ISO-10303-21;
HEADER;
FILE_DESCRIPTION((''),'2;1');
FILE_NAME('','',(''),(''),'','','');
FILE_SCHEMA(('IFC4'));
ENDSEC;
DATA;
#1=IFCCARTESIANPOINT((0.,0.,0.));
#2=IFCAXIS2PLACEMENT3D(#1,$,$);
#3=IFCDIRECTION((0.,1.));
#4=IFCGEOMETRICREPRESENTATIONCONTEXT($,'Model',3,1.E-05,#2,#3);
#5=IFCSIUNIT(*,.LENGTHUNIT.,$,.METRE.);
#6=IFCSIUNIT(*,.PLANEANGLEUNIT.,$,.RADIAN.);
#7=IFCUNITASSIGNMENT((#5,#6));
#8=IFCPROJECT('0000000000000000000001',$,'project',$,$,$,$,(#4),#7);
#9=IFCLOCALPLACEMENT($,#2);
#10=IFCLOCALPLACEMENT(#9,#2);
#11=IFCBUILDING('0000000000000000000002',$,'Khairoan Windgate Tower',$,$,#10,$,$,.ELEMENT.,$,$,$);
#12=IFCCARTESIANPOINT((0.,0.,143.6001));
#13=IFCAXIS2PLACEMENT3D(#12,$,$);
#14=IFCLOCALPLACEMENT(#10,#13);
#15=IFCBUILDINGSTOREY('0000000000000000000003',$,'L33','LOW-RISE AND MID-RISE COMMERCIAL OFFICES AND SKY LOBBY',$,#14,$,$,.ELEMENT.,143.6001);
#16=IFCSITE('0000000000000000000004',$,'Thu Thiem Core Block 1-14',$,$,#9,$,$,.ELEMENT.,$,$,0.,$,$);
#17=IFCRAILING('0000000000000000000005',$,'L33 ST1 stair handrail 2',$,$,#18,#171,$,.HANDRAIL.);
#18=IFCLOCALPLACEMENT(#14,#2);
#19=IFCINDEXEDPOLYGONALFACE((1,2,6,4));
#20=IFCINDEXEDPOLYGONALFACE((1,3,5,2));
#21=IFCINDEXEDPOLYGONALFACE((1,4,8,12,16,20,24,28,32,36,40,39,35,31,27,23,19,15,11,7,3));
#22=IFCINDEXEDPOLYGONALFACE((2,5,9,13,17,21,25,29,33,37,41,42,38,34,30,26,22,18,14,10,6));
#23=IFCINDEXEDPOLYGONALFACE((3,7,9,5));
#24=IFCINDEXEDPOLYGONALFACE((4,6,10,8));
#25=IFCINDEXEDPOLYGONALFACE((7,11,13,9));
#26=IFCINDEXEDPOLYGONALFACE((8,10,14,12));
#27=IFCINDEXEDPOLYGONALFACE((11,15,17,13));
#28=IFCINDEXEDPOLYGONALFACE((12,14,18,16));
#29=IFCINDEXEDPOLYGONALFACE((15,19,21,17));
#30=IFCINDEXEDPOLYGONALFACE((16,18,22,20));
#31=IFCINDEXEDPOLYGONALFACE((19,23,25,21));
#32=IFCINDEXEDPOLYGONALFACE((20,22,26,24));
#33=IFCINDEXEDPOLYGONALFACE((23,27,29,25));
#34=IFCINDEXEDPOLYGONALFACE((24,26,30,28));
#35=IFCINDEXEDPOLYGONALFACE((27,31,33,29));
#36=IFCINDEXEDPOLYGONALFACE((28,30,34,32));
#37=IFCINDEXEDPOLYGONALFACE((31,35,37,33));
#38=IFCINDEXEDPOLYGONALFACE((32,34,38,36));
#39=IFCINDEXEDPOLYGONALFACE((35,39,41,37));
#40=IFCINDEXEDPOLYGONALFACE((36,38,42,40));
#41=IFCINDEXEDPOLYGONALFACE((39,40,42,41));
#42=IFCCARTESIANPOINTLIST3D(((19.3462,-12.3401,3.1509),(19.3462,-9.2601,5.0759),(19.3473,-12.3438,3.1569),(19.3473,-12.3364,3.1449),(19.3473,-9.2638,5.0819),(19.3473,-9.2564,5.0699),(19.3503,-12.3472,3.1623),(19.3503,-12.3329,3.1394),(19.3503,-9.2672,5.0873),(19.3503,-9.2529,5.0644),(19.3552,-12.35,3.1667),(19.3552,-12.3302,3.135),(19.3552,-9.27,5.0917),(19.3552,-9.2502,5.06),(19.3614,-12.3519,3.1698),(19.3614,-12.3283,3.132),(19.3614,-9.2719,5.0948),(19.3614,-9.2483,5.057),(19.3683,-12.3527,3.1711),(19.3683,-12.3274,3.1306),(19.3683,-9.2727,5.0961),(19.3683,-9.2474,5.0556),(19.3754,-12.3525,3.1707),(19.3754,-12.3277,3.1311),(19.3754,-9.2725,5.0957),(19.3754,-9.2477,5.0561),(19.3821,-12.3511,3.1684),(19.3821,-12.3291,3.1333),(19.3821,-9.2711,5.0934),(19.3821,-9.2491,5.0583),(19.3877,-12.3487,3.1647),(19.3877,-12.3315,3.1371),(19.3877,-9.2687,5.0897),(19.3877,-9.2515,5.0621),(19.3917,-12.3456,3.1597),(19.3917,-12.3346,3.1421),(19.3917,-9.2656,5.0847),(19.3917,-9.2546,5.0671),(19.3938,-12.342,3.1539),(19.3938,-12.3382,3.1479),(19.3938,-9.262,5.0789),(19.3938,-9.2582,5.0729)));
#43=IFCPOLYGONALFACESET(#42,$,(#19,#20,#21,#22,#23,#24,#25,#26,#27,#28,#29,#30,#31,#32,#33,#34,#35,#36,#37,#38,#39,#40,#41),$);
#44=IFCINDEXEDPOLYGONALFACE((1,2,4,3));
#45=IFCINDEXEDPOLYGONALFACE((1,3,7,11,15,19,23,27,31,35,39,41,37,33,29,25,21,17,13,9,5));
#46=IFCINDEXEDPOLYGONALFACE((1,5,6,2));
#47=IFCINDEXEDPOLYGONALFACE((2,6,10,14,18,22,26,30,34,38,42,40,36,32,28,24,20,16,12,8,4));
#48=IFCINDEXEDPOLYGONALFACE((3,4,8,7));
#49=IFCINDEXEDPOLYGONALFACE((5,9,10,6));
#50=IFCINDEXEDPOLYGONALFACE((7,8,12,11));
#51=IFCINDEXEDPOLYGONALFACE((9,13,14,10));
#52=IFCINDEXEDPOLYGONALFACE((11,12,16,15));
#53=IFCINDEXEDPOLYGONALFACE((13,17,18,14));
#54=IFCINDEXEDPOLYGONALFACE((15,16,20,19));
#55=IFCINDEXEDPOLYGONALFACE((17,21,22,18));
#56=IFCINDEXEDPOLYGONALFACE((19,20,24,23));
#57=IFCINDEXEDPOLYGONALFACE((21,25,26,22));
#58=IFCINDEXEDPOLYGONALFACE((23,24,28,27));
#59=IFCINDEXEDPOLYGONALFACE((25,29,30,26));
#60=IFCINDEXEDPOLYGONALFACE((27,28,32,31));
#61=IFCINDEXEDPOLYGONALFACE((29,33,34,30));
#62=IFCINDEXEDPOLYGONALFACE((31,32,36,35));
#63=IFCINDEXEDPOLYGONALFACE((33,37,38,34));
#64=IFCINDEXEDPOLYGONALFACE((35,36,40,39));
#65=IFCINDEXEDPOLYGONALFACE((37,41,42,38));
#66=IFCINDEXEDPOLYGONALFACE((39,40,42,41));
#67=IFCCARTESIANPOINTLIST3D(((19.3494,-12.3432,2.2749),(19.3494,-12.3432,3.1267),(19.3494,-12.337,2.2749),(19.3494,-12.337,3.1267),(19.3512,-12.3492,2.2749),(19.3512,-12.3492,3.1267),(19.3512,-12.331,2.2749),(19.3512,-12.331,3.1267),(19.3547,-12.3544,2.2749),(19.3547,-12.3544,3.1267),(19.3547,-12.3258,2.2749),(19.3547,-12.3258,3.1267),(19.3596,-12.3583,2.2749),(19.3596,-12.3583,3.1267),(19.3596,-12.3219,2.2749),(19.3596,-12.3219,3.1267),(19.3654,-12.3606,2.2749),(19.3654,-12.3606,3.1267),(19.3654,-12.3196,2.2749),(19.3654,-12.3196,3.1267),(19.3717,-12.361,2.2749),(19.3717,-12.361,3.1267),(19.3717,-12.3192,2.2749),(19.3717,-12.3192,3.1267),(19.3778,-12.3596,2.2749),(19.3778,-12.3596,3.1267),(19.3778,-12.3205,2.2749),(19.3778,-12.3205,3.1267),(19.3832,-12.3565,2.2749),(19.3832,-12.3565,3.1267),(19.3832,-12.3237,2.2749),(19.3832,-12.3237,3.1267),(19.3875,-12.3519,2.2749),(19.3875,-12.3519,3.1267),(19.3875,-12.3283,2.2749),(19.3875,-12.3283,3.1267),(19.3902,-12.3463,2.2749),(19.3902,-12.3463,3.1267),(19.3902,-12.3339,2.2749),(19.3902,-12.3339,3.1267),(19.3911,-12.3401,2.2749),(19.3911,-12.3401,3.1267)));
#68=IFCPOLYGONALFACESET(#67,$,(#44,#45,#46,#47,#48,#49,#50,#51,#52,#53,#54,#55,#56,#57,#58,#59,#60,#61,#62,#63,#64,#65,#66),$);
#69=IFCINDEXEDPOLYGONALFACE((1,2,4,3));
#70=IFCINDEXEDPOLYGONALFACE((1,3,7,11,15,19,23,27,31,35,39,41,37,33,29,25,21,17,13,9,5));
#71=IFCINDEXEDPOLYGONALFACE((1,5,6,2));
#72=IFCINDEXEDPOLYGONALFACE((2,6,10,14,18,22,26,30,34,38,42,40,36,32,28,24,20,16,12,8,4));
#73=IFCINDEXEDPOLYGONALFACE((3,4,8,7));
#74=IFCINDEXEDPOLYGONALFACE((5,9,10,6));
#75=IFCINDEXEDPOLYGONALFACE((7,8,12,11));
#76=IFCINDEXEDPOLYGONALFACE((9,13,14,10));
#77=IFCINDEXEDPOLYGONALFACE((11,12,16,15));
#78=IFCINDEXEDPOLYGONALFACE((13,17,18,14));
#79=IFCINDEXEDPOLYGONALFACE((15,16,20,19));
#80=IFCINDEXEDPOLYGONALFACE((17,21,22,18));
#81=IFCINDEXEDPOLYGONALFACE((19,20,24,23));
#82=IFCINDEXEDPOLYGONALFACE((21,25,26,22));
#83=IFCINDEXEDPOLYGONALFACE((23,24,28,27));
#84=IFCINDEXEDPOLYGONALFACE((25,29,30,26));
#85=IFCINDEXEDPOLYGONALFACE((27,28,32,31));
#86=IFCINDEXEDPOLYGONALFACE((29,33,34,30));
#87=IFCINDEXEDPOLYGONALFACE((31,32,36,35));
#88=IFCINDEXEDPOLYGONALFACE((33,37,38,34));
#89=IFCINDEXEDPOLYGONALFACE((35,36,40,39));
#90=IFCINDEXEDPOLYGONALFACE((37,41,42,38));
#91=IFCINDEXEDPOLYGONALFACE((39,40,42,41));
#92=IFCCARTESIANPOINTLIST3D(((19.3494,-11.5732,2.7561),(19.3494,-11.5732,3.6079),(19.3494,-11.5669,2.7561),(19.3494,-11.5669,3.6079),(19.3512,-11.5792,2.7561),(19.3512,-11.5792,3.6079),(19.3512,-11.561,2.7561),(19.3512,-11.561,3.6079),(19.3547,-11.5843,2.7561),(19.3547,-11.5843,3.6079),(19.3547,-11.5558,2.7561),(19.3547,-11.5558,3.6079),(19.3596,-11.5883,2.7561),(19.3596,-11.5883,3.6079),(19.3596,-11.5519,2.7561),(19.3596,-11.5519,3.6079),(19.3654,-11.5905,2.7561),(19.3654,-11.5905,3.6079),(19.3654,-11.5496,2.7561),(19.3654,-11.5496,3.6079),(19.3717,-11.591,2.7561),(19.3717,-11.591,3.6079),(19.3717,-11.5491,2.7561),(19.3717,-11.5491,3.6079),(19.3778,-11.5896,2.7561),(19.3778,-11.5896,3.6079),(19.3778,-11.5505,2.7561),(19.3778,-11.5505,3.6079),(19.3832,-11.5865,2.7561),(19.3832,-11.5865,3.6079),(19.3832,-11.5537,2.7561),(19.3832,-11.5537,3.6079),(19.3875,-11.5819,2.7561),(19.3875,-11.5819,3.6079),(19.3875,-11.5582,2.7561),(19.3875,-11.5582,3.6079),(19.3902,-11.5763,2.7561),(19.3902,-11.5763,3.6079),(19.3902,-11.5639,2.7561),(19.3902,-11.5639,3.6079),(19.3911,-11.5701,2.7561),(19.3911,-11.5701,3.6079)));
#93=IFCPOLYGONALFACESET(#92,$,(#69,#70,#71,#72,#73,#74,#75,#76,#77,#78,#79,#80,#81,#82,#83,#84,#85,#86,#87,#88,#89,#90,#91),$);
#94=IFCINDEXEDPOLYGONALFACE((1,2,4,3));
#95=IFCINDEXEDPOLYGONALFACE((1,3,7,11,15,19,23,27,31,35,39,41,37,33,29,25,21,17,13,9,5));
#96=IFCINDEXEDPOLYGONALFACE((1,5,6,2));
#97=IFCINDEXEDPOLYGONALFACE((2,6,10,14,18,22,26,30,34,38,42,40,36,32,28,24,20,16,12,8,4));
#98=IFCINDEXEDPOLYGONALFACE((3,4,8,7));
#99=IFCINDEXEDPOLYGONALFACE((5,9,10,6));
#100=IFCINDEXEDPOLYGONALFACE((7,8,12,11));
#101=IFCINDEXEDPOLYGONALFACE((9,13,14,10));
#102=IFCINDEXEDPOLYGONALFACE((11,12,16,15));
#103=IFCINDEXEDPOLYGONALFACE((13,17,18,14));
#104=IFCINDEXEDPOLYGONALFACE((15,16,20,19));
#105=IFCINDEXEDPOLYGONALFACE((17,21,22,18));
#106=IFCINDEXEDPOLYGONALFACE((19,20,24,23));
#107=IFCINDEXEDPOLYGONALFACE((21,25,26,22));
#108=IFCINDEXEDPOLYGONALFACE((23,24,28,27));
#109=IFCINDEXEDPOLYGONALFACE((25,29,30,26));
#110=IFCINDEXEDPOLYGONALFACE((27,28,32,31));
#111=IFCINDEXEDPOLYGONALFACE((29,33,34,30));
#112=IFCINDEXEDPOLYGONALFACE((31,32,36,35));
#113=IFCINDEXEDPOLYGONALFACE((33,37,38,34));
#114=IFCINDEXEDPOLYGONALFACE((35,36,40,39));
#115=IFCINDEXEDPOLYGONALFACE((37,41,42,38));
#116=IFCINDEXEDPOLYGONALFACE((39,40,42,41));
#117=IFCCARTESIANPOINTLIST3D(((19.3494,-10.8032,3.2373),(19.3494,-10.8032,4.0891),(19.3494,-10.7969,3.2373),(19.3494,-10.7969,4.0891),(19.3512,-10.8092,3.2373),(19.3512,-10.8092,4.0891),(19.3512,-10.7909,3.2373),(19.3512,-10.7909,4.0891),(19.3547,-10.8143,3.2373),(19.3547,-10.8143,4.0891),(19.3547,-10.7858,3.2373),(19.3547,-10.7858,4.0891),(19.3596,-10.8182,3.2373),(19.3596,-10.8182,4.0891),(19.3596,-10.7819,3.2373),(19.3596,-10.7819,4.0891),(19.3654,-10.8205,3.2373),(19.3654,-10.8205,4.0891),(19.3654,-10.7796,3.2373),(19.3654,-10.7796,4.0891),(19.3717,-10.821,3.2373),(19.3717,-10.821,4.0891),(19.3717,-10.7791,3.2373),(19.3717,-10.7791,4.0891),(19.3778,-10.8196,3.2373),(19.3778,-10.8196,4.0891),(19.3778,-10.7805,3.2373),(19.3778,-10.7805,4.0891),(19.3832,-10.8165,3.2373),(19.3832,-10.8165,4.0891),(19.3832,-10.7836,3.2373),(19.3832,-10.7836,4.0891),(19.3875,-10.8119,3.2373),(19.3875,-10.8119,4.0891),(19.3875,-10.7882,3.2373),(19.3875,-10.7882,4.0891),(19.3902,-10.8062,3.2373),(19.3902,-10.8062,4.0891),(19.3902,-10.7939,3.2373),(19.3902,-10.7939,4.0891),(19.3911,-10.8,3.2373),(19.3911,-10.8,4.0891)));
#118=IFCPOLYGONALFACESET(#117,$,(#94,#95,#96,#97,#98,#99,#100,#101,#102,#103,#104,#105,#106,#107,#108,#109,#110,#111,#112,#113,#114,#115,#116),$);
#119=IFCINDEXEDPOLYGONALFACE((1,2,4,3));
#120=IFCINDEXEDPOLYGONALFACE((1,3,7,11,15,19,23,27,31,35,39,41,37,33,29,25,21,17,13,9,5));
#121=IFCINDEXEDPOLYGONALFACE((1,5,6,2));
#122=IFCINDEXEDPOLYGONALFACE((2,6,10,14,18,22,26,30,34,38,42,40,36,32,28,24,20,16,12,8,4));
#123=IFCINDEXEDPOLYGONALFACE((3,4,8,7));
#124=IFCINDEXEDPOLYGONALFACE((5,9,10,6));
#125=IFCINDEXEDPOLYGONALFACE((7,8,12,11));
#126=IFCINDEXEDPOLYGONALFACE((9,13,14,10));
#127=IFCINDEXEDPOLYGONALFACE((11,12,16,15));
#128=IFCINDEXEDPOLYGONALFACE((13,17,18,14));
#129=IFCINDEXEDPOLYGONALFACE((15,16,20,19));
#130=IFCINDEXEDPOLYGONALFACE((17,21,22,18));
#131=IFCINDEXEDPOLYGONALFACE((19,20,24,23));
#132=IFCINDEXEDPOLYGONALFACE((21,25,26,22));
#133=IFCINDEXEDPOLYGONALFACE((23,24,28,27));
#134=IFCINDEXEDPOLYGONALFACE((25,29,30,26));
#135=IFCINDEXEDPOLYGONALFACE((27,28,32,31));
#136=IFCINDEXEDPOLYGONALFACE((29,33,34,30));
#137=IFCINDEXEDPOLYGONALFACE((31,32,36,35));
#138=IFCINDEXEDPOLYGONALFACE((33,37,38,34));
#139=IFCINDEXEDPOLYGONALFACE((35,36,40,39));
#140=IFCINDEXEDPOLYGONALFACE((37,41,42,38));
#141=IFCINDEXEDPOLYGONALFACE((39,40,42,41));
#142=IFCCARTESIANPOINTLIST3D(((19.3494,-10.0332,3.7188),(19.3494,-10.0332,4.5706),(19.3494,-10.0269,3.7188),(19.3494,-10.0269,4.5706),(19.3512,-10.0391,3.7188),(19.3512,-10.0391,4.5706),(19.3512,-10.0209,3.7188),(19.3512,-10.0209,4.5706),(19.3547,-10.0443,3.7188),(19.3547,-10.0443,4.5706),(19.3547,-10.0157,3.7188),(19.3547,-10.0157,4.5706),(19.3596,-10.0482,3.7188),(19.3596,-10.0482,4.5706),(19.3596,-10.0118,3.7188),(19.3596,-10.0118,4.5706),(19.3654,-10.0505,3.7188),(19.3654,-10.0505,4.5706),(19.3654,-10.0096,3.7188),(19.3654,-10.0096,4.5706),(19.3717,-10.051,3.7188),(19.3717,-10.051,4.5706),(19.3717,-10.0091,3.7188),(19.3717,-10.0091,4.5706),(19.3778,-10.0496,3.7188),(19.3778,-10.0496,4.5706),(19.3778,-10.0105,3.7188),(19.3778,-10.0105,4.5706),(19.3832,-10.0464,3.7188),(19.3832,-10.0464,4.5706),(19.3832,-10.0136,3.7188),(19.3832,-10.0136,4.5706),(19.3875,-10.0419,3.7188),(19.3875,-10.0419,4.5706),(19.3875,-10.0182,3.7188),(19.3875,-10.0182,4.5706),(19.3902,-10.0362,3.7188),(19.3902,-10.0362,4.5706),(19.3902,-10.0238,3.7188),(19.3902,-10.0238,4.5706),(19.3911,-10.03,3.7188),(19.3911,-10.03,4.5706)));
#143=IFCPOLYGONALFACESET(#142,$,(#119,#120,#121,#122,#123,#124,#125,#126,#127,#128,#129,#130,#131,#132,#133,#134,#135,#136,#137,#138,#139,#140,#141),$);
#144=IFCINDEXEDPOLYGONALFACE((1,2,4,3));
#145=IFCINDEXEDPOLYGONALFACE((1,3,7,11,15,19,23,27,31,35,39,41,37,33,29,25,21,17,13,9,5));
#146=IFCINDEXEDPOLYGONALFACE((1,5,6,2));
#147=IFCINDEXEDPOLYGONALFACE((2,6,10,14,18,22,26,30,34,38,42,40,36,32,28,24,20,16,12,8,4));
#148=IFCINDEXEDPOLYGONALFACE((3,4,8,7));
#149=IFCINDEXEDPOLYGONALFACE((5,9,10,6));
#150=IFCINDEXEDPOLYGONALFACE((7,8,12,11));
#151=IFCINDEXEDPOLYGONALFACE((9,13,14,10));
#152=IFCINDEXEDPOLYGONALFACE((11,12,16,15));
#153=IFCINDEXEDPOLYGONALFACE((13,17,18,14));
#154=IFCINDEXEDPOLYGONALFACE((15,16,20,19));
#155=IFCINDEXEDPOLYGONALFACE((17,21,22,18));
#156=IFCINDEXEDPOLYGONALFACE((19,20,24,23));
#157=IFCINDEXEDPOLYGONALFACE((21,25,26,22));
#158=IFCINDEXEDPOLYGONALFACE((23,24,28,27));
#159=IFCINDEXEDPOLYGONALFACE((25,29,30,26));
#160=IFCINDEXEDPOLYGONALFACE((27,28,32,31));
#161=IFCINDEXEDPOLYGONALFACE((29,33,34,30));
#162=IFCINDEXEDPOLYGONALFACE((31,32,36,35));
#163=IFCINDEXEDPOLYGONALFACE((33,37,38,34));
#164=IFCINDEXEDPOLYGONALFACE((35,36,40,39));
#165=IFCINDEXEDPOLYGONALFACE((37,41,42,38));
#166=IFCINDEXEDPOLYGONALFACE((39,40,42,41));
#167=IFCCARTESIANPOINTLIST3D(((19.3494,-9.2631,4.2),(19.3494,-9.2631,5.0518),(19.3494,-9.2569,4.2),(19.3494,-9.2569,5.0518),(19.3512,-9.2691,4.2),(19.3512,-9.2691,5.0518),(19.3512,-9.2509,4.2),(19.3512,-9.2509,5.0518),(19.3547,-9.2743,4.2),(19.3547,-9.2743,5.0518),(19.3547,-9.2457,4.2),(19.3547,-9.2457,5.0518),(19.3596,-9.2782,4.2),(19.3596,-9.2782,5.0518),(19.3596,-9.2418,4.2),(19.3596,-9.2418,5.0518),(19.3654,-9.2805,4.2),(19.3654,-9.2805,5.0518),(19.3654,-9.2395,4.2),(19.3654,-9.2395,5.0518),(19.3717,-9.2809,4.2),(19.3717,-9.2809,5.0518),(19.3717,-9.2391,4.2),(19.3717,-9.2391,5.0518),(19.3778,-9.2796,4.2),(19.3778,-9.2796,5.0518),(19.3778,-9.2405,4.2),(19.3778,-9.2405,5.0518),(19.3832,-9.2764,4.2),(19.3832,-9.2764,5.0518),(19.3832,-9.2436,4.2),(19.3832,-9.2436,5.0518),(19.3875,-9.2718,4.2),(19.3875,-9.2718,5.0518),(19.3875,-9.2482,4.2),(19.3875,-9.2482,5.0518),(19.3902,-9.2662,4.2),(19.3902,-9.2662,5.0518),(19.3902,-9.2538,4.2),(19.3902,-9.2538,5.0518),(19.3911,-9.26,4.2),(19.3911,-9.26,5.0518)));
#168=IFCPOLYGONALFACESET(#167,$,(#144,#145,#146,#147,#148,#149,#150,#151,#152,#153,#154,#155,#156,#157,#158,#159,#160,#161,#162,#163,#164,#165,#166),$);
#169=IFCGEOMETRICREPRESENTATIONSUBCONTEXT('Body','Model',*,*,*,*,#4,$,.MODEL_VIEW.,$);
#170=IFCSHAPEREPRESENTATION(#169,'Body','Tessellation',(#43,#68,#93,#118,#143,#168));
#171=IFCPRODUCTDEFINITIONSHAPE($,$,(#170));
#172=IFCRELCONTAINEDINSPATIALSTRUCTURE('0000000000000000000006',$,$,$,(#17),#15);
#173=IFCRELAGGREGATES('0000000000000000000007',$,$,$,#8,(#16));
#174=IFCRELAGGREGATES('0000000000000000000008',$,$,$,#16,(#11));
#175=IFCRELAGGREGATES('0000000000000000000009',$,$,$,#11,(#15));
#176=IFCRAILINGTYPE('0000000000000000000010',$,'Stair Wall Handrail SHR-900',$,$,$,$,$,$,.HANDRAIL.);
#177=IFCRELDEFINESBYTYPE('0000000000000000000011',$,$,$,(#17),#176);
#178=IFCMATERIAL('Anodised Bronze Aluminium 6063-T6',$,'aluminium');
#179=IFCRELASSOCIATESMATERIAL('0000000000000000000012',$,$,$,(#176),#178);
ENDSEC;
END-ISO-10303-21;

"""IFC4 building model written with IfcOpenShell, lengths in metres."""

from ifc_helpers import new_model, si_unit, direction, frame, origin, origin_2d, place, context, subcontext, project, spatial, circle, extrude, material, type_object, element, save


model = new_model("IFC4")

# Units and contexts
model_context = context("Model", 3, precision=1e-05, world=origin(), true_north=direction((0.0, 1.0)))
body_context = subcontext(model_context, "Body", "Model", "MODEL_VIEW")
ifc_project = project(units=[si_unit("LENGTHUNIT", "METRE"), si_unit("PLANEANGLEUNIT", "RADIAN")], contexts=[model_context])

# Site, building, storey
site_placement = place(None, origin())
site = spatial("IfcSite", under=ifc_project, at=site_placement, Name="Thu Thiem Core Block 1-14", CompositionType="ELEMENT", RefElevation=0.0)
building_placement = place(site_placement, origin())
building = spatial("IfcBuilding", under=site, at=building_placement, Name="Khairoan Windgate Tower", CompositionType="ELEMENT")
storey_placement = place(building_placement, frame((0.0, 0.0, 143.6001)))
storey = spatial("IfcBuildingStorey", under=building, at=storey_placement, Name="L33", Description="LOW-RISE AND MID-RISE COMMERCIAL OFFICES AND SKY LOBBY", CompositionType="ELEMENT", Elevation=143.6001)

# Railing
ifc_material_1 = material(Name="Anodised Bronze Aluminium 6063-T6", Category="aluminium")
railing_type_1 = type_object("IfcRailingType", Name="Stair Wall Handrail SHR-900", PredefinedType="HANDRAIL", material=ifc_material_1)
railing_1_placement = place(storey_placement, frame((19.3701, -12.3401, 2.2749)))
element("IfcRailing", 1, at=railing_1_placement, inside=storey, type_object=railing_type_1, Name="L33 ST1 stair handrail 2", PredefinedType="HANDRAIL", context=body_context, shape_type="SweptSolid", body=[
    extrude(circle(Radius=0.0239, at=origin_2d()), frame((0.0, 0.0, 0.876), z_axis=(0.0, 0.847998, 0.529999), x_axis=(-1.0, 0.0, 0.0)), (0.0, 0.0, 1.0), 3.6321),
    extrude(circle(Radius=0.021, at=origin_2d()), origin(), (0.0, 0.0, 1.0), 0.8518),
    extrude(circle(Radius=0.021, at=origin_2d()), frame((0.0, 0.77, 0.4812)), (0.0, 0.0, 1.0), 0.8518),
    extrude(circle(Radius=0.021, at=origin_2d()), frame((0.0, 1.54, 0.9624)), (0.0, 0.0, 1.0), 0.8518),
    extrude(circle(Radius=0.021, at=origin_2d()), frame((0.0, 2.3101, 1.4438)), (0.0, 0.0, 1.0), 0.8518),
    extrude(circle(Radius=0.021, at=origin_2d()), frame((0.0, 3.0801, 1.925)), (0.0, 0.0, 1.0), 0.8518),
])

save(model, "model.ifc")
